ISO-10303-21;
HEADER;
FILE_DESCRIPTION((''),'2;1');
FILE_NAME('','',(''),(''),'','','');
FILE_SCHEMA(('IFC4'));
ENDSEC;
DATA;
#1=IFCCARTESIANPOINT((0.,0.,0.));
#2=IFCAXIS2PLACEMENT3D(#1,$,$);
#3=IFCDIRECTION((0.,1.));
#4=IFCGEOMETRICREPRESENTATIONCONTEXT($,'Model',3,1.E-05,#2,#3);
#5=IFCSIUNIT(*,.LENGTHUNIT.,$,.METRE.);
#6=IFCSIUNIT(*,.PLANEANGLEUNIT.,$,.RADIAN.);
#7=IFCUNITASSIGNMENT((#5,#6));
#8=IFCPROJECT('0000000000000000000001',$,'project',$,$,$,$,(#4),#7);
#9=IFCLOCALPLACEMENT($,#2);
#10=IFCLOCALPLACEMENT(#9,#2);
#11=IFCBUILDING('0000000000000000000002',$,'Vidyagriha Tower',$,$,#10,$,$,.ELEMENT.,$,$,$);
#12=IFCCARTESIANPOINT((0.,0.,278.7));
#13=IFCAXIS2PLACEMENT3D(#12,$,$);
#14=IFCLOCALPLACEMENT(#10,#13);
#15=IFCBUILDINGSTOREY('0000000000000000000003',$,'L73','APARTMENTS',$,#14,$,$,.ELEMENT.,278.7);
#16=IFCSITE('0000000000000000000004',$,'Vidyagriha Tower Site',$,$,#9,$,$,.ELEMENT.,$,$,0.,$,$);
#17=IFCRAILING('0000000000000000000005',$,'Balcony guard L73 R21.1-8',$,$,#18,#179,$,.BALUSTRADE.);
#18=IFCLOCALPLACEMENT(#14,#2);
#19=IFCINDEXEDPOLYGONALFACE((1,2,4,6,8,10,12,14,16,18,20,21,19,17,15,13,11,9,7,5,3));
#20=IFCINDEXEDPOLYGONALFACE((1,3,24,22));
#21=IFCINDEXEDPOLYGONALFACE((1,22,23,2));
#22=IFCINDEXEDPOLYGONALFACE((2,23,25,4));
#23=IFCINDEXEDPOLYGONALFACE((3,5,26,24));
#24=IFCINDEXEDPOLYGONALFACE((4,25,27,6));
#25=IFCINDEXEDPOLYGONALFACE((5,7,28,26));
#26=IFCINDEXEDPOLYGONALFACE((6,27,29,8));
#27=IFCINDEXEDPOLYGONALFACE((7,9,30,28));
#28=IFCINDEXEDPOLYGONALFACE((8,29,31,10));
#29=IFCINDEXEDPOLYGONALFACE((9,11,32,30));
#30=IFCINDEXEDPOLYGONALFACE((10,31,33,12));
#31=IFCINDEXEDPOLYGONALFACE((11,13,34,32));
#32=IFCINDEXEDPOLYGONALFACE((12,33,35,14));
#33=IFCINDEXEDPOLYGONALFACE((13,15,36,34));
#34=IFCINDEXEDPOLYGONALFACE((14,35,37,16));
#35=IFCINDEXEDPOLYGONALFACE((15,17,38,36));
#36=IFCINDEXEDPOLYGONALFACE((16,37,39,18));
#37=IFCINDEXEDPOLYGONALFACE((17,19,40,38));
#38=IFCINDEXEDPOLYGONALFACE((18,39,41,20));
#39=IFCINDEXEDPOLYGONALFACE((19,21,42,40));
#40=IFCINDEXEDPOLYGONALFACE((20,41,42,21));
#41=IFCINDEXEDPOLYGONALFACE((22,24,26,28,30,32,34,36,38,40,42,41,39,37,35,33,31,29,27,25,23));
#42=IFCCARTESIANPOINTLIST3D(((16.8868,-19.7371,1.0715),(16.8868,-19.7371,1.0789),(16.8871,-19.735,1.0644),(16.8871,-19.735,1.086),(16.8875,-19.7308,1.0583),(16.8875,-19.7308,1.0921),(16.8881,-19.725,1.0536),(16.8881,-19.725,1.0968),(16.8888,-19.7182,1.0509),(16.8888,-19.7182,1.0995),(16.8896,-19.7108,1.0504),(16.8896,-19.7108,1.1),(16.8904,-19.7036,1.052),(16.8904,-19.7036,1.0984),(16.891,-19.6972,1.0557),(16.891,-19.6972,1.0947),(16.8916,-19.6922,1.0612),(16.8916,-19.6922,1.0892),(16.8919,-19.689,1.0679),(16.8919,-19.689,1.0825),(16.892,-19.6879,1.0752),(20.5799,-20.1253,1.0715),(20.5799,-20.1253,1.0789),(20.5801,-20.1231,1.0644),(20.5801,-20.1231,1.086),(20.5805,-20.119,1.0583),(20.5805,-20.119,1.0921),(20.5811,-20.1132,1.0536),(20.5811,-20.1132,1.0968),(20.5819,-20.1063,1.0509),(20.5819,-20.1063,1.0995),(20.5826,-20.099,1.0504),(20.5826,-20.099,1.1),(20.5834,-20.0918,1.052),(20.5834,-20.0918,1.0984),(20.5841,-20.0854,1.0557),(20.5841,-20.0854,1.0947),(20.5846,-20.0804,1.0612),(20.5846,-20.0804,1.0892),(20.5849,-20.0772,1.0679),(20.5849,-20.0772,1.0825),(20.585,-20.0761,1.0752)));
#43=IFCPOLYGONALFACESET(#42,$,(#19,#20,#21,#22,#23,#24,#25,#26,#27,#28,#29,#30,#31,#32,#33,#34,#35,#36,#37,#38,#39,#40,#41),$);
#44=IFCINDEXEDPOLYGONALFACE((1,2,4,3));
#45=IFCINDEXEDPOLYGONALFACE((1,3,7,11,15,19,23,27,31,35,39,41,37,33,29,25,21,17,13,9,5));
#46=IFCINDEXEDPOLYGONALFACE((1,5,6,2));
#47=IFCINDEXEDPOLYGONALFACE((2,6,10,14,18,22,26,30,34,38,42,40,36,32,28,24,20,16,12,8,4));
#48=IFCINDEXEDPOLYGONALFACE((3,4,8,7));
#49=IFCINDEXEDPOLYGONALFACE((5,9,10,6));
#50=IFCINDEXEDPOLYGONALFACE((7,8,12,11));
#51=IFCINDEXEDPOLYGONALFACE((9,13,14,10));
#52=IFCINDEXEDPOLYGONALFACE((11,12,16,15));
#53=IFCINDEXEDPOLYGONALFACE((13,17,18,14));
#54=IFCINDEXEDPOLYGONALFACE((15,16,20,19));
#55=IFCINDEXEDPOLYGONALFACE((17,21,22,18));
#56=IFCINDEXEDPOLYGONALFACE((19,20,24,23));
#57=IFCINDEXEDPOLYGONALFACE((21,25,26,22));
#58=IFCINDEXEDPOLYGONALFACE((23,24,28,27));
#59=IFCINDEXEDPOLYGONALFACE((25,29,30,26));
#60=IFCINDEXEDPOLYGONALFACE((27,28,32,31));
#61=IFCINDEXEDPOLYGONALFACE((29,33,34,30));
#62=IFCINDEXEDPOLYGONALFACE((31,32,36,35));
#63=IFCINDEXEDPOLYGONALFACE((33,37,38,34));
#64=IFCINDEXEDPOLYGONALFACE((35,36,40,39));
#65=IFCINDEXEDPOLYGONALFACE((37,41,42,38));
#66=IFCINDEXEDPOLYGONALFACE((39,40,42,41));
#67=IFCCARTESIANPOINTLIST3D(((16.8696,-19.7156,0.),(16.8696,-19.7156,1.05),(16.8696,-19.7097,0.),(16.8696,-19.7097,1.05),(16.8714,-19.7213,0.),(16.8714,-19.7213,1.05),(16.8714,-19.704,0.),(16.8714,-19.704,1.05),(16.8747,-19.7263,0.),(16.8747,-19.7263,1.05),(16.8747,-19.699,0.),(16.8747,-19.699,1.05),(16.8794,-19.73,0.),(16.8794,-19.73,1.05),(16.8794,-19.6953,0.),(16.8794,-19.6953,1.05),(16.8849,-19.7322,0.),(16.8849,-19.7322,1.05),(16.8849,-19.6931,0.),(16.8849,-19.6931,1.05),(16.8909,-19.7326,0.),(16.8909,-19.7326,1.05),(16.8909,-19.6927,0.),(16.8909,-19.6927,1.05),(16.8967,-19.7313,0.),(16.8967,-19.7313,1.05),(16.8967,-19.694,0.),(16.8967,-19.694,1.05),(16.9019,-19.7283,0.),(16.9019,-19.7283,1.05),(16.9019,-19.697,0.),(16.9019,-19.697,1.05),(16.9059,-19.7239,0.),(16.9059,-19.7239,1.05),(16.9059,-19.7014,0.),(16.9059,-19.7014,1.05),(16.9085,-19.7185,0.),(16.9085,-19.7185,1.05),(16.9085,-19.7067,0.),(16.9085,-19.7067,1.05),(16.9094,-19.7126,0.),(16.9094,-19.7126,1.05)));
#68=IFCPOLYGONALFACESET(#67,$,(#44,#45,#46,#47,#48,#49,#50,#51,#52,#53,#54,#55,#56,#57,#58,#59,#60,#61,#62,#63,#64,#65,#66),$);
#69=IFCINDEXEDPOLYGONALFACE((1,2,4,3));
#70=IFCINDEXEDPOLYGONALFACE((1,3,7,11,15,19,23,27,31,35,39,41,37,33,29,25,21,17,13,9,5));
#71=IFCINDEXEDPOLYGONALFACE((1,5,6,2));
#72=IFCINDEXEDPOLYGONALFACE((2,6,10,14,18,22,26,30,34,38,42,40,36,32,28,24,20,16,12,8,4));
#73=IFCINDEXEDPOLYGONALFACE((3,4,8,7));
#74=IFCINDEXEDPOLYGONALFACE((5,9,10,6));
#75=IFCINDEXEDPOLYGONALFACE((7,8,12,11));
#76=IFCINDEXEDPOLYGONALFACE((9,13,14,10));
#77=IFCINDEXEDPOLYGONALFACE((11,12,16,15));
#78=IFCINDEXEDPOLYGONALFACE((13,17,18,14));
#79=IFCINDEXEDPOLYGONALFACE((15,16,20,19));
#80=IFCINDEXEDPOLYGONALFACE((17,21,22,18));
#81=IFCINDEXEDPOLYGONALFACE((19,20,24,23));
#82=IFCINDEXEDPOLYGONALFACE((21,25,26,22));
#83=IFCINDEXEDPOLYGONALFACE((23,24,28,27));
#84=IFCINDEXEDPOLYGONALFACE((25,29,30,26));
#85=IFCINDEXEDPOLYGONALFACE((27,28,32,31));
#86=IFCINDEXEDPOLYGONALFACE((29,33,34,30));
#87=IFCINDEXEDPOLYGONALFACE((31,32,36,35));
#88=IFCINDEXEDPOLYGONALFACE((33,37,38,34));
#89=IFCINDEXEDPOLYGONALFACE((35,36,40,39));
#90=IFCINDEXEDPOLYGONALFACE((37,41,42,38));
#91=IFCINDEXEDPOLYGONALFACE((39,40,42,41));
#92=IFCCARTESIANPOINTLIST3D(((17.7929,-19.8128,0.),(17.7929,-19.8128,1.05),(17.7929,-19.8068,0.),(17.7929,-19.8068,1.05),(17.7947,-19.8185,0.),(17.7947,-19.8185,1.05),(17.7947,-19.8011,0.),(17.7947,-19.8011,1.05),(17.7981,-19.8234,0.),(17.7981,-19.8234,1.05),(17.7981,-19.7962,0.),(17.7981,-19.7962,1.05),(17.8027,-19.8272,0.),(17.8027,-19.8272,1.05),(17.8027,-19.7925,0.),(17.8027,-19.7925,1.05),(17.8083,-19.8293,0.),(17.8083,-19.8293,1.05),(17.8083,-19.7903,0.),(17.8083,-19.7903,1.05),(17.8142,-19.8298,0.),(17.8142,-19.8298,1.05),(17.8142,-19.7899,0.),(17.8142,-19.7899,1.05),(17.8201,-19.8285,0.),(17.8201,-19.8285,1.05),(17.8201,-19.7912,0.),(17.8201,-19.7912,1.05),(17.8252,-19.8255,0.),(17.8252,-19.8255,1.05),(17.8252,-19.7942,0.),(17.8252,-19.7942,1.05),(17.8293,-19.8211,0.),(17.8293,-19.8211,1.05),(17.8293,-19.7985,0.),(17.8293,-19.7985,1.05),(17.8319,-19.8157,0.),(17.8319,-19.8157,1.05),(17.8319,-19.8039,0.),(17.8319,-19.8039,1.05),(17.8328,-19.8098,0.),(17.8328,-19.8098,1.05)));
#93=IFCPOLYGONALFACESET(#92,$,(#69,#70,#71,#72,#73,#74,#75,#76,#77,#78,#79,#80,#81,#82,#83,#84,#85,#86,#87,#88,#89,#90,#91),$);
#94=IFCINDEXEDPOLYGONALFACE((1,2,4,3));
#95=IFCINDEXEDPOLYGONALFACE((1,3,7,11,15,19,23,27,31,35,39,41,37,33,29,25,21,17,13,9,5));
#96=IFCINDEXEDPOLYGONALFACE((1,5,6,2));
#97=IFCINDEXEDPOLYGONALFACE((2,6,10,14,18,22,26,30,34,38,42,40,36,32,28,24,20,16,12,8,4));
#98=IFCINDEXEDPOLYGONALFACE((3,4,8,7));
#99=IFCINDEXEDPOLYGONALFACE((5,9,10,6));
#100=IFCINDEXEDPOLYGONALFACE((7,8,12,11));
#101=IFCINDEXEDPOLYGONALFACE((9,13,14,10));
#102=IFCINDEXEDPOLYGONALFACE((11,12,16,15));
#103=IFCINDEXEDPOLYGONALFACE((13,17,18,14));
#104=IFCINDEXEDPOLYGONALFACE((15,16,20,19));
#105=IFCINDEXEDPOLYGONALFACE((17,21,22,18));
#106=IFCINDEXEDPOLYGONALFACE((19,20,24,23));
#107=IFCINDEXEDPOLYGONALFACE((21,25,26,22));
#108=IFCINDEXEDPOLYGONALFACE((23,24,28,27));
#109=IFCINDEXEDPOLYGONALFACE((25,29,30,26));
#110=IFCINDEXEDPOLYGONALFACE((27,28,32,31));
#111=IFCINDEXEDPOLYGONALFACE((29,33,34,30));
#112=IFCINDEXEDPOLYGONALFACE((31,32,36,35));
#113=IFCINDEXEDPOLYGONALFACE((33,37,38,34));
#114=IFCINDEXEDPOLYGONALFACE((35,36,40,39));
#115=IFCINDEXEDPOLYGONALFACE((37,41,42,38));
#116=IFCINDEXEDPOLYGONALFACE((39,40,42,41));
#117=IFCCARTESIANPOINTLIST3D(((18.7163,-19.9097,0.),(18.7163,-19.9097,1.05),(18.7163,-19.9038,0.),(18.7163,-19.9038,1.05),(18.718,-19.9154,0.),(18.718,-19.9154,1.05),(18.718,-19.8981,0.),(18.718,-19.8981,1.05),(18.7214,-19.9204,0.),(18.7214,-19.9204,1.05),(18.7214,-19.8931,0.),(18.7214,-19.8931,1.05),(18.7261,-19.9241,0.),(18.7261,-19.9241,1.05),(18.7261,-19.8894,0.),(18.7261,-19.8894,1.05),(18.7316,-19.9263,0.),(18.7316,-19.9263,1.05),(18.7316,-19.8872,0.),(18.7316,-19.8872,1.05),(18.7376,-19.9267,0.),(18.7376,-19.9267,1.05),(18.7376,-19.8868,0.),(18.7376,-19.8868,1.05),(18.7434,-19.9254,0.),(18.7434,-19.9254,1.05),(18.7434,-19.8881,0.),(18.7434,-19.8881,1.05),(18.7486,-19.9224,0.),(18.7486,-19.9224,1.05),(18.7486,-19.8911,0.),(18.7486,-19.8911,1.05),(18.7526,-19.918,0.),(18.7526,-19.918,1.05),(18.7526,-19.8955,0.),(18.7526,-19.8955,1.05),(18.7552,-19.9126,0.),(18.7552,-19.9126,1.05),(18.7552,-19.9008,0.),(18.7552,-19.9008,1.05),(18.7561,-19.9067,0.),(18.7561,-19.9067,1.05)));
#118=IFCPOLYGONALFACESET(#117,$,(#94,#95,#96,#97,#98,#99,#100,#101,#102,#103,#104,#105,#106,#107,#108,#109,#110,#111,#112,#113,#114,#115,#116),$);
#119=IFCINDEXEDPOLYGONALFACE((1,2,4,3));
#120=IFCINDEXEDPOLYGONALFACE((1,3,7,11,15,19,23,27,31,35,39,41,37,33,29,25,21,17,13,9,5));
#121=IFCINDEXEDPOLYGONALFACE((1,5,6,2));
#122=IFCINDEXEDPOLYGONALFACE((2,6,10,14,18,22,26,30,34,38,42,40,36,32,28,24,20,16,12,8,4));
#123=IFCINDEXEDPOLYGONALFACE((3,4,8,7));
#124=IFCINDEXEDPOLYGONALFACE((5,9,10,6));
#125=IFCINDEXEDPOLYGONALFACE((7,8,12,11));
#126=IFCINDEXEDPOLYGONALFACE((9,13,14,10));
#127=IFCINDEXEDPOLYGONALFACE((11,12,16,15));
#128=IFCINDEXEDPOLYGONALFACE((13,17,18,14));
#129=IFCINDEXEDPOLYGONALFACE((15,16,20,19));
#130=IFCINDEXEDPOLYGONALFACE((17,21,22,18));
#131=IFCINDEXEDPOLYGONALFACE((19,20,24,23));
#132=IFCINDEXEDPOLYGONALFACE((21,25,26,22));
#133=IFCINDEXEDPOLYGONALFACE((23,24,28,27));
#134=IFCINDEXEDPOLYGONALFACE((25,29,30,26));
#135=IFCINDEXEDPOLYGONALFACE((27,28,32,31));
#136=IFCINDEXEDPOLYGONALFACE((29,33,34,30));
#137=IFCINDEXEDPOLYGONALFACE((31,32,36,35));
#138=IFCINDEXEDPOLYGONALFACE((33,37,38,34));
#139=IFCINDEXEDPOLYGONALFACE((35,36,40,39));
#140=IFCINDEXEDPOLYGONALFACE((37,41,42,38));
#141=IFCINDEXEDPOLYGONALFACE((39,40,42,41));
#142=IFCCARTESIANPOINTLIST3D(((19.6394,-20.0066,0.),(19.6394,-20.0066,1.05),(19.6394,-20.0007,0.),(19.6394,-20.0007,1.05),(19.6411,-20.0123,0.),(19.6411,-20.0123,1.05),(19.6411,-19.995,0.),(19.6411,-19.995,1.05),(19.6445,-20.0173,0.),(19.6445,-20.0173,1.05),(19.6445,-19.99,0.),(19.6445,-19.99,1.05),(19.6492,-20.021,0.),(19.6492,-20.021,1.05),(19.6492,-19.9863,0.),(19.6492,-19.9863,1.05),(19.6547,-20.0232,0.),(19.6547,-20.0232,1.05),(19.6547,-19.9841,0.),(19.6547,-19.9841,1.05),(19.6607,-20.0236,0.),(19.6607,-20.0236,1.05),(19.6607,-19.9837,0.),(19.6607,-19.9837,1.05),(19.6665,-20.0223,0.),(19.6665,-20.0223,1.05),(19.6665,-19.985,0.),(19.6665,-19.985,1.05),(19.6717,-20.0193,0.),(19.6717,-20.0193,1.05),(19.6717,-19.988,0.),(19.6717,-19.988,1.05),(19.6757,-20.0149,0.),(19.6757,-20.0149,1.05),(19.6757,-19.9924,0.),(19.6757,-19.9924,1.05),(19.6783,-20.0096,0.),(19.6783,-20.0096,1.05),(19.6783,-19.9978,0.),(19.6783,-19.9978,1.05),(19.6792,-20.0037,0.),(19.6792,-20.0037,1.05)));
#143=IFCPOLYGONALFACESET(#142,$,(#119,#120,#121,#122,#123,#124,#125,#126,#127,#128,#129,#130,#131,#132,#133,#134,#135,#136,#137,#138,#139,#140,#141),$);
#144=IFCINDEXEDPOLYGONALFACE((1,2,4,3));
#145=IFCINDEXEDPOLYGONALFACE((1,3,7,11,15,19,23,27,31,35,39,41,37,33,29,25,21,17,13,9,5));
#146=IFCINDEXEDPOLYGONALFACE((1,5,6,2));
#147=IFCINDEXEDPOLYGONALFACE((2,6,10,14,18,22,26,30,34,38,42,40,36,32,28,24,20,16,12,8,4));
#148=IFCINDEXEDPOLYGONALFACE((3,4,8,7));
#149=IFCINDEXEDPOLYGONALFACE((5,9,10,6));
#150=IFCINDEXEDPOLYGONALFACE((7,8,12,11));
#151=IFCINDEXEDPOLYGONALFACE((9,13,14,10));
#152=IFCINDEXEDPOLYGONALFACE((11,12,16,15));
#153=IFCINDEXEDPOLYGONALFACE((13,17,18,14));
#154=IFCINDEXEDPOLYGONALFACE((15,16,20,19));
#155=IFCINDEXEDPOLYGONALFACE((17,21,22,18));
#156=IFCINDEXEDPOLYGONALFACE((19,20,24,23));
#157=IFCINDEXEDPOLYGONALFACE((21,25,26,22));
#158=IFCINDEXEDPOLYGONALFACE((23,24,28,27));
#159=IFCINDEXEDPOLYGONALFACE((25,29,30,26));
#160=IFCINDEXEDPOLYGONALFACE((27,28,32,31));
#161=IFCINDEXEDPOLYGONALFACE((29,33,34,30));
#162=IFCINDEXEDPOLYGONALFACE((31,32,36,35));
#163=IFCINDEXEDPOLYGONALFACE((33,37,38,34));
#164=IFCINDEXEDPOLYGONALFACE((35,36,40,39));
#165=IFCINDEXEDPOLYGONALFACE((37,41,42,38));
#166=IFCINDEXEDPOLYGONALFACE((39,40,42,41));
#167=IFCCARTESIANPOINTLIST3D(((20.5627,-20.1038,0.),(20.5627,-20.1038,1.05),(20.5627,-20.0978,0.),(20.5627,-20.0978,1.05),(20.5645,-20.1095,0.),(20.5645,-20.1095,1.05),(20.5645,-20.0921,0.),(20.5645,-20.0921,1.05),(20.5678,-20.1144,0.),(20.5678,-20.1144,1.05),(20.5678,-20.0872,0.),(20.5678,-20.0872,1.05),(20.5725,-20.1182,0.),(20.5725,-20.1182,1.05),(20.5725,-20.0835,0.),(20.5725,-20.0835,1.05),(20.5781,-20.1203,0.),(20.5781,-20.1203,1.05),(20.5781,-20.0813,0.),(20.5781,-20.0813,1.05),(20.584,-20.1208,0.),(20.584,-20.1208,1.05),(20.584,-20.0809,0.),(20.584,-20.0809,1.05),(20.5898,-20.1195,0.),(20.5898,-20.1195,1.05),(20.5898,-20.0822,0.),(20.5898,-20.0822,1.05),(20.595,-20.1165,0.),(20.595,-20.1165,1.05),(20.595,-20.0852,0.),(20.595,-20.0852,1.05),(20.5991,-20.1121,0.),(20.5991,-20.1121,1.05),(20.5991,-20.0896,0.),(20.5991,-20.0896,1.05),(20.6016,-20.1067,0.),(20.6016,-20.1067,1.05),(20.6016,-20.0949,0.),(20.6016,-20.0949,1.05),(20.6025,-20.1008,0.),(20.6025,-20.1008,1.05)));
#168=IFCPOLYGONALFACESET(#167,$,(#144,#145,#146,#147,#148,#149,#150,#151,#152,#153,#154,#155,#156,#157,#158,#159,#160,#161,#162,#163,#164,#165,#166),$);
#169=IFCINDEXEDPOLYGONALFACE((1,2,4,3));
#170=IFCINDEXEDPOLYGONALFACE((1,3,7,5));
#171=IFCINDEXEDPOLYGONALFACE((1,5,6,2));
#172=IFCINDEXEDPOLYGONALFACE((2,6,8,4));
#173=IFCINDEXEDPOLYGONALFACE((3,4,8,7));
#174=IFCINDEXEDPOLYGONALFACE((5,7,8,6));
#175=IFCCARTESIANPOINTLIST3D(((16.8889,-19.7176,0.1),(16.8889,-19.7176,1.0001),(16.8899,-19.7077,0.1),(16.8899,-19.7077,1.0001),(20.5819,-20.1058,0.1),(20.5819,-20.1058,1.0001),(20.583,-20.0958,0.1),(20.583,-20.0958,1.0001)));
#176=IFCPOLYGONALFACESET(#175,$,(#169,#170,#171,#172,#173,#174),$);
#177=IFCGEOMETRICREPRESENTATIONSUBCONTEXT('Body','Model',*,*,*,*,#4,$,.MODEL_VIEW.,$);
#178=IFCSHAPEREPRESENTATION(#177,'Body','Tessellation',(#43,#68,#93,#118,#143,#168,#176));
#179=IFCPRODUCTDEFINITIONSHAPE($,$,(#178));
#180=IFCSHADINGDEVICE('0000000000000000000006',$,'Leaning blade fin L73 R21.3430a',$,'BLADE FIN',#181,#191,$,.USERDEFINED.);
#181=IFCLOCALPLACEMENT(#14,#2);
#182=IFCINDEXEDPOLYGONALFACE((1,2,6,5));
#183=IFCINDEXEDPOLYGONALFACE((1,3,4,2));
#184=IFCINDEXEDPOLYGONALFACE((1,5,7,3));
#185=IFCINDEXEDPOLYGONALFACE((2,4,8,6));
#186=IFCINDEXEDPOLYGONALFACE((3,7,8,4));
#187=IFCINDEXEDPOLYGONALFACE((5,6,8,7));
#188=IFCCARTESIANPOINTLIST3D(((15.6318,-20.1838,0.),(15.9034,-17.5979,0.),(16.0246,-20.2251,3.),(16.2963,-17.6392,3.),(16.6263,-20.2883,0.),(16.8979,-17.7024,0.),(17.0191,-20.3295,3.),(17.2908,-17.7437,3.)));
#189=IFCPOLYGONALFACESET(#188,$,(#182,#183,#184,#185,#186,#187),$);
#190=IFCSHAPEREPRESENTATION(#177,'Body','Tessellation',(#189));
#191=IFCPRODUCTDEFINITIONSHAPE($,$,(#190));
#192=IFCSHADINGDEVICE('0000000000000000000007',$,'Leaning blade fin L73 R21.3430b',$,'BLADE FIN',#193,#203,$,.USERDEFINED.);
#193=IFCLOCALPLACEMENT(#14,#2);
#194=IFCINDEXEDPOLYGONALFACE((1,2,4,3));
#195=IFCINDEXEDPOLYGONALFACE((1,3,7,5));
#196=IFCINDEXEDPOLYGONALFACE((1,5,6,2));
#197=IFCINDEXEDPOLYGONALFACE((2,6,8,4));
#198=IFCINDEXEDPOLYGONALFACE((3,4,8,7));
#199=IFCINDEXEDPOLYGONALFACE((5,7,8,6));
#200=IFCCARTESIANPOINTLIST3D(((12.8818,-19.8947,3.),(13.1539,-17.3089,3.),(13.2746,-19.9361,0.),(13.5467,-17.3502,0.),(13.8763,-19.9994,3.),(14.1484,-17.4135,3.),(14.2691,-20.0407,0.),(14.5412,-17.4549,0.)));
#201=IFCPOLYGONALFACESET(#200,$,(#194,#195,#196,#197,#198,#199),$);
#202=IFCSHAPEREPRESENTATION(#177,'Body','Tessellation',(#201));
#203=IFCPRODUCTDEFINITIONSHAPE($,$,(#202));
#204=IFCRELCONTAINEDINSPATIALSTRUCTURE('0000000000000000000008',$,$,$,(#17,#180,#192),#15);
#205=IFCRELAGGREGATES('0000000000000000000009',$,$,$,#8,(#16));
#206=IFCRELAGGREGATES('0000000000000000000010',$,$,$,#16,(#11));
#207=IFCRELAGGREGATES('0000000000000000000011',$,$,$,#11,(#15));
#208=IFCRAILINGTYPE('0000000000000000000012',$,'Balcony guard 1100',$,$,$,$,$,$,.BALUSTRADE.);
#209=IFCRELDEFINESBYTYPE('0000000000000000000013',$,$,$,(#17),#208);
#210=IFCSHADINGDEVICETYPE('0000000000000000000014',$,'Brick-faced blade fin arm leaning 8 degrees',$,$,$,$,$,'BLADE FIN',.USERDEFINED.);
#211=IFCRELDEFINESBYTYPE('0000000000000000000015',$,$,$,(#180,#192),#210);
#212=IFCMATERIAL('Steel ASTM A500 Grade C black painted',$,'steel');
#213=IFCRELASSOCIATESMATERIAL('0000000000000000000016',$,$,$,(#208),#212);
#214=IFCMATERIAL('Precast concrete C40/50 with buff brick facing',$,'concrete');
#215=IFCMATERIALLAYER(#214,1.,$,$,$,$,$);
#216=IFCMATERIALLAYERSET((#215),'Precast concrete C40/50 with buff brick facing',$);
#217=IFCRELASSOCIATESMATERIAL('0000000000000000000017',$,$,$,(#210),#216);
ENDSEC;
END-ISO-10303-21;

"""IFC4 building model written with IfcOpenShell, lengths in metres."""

from ifc_helpers import new_model, si_unit, direction, frame, origin, origin_2d, place, context, subcontext, project, spatial, polyline, rectangle, circle, outline, extrude, material, layer, layer_set, type_object, element, save


model = new_model("IFC4")

# Units and contexts
model_context = context("Model", 3, precision=1e-05, world=origin(), true_north=direction((0.0, 1.0)))
body_context = subcontext(model_context, "Body", "Model", "MODEL_VIEW")
ifc_project = project(units=[si_unit("LENGTHUNIT", "METRE"), si_unit("PLANEANGLEUNIT", "RADIAN")], contexts=[model_context])

# Site, building, storey
site_placement = place(None, origin())
site = spatial("IfcSite", under=ifc_project, at=site_placement, Name="Vidyagriha Tower Site", CompositionType="ELEMENT", RefElevation=0.0)
building_placement = place(site_placement, origin())
building = spatial("IfcBuilding", under=site, at=building_placement, Name="Vidyagriha Tower", CompositionType="ELEMENT")
storey_placement = place(building_placement, frame((0.0, 0.0, 278.7)))
storey = spatial("IfcBuildingStorey", under=building, at=storey_placement, Name="L73", Description="APARTMENTS", CompositionType="ELEMENT", Elevation=278.7)

# Railing
ifc_material_1 = material(Name="Steel ASTM A500 Grade C black painted", Category="steel")
railing_type = type_object("IfcRailingType", Name="Balcony guard 1100", PredefinedType="BALUSTRADE", material=ifc_material_1)
railing_1_placement = place(storey_placement, frame((16.8894, -19.7126, 0.0)))
element("IfcRailing", 1, at=railing_1_placement, inside=storey, type_object=railing_type, Name="Balcony guard L73 R21.1-8", PredefinedType="BALUSTRADE", context=body_context, shape_type="SweptSolid", body=[
    extrude(circle(Radius=0.0249, at=origin_2d()), frame((0.0, 0.0, 1.0752), z_axis=(0.994521, -0.104534, 0.0), x_axis=(0.104534, 0.994521, 0.0)), (0.0, 0.0, 1.0), 3.7134),
    extrude(circle(Radius=0.02, at=origin_2d()), origin(), (0.0, 0.0, 1.0), 1.05),
    extrude(circle(Radius=0.02, at=origin_2d()), frame((0.9233, -0.0972, 0.0)), (0.0, 0.0, 1.0), 1.05),
    extrude(circle(Radius=0.02, at=origin_2d()), frame((1.8467, -0.1941, 0.0)), (0.0, 0.0, 1.0), 1.05),
    extrude(circle(Radius=0.02, at=origin_2d()), frame((2.7698, -0.291, 0.0)), (0.0, 0.0, 1.0), 1.05),
    extrude(circle(Radius=0.02, at=origin_2d()), frame((3.6931, -0.3882, 0.0)), (0.0, 0.0, 1.0), 1.05),
    extrude(rectangle(XDim=0.01, YDim=0.9001, at=origin_2d()), frame((0.0, 0.0, 0.55), z_axis=(0.994521, -0.104534, 0.0), x_axis=(0.104534, 0.994521, 0.0)), (0.0, 0.0, 1.0), 3.7134),
])

# Shading devices
ifc_material_2 = material(Name="Precast concrete C40/50 with buff brick facing", Category="concrete")
ifc_layer_1 = layer(ifc_material_2, 1.0)
ifc_layer_set_1 = layer_set([ifc_layer_1], Name="Precast concrete C40/50 with buff brick facing")
shading_device_type_1 = type_object("IfcShadingDeviceType", Name="Brick-faced blade fin arm leaning 8 degrees", ElementType="BLADE FIN", PredefinedType="USERDEFINED", material=ifc_layer_set_1)
shading_device_1_placement = place(storey_placement, frame((15.7676, -18.8909, 0.0), z_axis=(0.0, 0.0, 1.0), x_axis=(0.994527, -0.104475, 0.0)))
element("IfcShadingDevice", 2, at=shading_device_1_placement, inside=storey, type_object=shading_device_type_1, Name="Leaning blade fin L73 R21.3430a", ObjectType="BLADE FIN", PredefinedType="USERDEFINED", context=body_context, shape_type="SweptSolid", body=[
    extrude(outline(polyline([(0.0, 0.0), (1.0, 0.0), (1.395, 3.0), (0.395, 3.0), (0.0, 0.0)])), frame((0.0, 1.3, 0.0), z_axis=(0.0, -1.0, 0.0), x_axis=(1.0, 0.0, 0.0)), (0.0, 0.0, 1.0), 2.6001),
])
shading_device_2_placement = place(storey_placement, frame((13.0178, -18.6018, 0.0), z_axis=(0.0, 0.0, 1.0), x_axis=(0.994509, -0.104648, 0.0)))
element("IfcShadingDevice", 3, at=shading_device_2_placement, inside=storey, type_object=shading_device_type_1, Name="Leaning blade fin L73 R21.3430b", ObjectType="BLADE FIN", PredefinedType="USERDEFINED", context=body_context, shape_type="SweptSolid", body=[
    extrude(outline(polyline([(0.395, 0.0), (1.395, 0.0), (1.0, 3.0), (0.0, 3.0), (0.395, 0.0)])), frame((0.0, 1.3, 0.0), z_axis=(0.0, -1.0, 0.0), x_axis=(1.0, 0.0, 0.0)), (0.0, 0.0, 1.0), 2.6001),
])

save(model, "model.ifc")
